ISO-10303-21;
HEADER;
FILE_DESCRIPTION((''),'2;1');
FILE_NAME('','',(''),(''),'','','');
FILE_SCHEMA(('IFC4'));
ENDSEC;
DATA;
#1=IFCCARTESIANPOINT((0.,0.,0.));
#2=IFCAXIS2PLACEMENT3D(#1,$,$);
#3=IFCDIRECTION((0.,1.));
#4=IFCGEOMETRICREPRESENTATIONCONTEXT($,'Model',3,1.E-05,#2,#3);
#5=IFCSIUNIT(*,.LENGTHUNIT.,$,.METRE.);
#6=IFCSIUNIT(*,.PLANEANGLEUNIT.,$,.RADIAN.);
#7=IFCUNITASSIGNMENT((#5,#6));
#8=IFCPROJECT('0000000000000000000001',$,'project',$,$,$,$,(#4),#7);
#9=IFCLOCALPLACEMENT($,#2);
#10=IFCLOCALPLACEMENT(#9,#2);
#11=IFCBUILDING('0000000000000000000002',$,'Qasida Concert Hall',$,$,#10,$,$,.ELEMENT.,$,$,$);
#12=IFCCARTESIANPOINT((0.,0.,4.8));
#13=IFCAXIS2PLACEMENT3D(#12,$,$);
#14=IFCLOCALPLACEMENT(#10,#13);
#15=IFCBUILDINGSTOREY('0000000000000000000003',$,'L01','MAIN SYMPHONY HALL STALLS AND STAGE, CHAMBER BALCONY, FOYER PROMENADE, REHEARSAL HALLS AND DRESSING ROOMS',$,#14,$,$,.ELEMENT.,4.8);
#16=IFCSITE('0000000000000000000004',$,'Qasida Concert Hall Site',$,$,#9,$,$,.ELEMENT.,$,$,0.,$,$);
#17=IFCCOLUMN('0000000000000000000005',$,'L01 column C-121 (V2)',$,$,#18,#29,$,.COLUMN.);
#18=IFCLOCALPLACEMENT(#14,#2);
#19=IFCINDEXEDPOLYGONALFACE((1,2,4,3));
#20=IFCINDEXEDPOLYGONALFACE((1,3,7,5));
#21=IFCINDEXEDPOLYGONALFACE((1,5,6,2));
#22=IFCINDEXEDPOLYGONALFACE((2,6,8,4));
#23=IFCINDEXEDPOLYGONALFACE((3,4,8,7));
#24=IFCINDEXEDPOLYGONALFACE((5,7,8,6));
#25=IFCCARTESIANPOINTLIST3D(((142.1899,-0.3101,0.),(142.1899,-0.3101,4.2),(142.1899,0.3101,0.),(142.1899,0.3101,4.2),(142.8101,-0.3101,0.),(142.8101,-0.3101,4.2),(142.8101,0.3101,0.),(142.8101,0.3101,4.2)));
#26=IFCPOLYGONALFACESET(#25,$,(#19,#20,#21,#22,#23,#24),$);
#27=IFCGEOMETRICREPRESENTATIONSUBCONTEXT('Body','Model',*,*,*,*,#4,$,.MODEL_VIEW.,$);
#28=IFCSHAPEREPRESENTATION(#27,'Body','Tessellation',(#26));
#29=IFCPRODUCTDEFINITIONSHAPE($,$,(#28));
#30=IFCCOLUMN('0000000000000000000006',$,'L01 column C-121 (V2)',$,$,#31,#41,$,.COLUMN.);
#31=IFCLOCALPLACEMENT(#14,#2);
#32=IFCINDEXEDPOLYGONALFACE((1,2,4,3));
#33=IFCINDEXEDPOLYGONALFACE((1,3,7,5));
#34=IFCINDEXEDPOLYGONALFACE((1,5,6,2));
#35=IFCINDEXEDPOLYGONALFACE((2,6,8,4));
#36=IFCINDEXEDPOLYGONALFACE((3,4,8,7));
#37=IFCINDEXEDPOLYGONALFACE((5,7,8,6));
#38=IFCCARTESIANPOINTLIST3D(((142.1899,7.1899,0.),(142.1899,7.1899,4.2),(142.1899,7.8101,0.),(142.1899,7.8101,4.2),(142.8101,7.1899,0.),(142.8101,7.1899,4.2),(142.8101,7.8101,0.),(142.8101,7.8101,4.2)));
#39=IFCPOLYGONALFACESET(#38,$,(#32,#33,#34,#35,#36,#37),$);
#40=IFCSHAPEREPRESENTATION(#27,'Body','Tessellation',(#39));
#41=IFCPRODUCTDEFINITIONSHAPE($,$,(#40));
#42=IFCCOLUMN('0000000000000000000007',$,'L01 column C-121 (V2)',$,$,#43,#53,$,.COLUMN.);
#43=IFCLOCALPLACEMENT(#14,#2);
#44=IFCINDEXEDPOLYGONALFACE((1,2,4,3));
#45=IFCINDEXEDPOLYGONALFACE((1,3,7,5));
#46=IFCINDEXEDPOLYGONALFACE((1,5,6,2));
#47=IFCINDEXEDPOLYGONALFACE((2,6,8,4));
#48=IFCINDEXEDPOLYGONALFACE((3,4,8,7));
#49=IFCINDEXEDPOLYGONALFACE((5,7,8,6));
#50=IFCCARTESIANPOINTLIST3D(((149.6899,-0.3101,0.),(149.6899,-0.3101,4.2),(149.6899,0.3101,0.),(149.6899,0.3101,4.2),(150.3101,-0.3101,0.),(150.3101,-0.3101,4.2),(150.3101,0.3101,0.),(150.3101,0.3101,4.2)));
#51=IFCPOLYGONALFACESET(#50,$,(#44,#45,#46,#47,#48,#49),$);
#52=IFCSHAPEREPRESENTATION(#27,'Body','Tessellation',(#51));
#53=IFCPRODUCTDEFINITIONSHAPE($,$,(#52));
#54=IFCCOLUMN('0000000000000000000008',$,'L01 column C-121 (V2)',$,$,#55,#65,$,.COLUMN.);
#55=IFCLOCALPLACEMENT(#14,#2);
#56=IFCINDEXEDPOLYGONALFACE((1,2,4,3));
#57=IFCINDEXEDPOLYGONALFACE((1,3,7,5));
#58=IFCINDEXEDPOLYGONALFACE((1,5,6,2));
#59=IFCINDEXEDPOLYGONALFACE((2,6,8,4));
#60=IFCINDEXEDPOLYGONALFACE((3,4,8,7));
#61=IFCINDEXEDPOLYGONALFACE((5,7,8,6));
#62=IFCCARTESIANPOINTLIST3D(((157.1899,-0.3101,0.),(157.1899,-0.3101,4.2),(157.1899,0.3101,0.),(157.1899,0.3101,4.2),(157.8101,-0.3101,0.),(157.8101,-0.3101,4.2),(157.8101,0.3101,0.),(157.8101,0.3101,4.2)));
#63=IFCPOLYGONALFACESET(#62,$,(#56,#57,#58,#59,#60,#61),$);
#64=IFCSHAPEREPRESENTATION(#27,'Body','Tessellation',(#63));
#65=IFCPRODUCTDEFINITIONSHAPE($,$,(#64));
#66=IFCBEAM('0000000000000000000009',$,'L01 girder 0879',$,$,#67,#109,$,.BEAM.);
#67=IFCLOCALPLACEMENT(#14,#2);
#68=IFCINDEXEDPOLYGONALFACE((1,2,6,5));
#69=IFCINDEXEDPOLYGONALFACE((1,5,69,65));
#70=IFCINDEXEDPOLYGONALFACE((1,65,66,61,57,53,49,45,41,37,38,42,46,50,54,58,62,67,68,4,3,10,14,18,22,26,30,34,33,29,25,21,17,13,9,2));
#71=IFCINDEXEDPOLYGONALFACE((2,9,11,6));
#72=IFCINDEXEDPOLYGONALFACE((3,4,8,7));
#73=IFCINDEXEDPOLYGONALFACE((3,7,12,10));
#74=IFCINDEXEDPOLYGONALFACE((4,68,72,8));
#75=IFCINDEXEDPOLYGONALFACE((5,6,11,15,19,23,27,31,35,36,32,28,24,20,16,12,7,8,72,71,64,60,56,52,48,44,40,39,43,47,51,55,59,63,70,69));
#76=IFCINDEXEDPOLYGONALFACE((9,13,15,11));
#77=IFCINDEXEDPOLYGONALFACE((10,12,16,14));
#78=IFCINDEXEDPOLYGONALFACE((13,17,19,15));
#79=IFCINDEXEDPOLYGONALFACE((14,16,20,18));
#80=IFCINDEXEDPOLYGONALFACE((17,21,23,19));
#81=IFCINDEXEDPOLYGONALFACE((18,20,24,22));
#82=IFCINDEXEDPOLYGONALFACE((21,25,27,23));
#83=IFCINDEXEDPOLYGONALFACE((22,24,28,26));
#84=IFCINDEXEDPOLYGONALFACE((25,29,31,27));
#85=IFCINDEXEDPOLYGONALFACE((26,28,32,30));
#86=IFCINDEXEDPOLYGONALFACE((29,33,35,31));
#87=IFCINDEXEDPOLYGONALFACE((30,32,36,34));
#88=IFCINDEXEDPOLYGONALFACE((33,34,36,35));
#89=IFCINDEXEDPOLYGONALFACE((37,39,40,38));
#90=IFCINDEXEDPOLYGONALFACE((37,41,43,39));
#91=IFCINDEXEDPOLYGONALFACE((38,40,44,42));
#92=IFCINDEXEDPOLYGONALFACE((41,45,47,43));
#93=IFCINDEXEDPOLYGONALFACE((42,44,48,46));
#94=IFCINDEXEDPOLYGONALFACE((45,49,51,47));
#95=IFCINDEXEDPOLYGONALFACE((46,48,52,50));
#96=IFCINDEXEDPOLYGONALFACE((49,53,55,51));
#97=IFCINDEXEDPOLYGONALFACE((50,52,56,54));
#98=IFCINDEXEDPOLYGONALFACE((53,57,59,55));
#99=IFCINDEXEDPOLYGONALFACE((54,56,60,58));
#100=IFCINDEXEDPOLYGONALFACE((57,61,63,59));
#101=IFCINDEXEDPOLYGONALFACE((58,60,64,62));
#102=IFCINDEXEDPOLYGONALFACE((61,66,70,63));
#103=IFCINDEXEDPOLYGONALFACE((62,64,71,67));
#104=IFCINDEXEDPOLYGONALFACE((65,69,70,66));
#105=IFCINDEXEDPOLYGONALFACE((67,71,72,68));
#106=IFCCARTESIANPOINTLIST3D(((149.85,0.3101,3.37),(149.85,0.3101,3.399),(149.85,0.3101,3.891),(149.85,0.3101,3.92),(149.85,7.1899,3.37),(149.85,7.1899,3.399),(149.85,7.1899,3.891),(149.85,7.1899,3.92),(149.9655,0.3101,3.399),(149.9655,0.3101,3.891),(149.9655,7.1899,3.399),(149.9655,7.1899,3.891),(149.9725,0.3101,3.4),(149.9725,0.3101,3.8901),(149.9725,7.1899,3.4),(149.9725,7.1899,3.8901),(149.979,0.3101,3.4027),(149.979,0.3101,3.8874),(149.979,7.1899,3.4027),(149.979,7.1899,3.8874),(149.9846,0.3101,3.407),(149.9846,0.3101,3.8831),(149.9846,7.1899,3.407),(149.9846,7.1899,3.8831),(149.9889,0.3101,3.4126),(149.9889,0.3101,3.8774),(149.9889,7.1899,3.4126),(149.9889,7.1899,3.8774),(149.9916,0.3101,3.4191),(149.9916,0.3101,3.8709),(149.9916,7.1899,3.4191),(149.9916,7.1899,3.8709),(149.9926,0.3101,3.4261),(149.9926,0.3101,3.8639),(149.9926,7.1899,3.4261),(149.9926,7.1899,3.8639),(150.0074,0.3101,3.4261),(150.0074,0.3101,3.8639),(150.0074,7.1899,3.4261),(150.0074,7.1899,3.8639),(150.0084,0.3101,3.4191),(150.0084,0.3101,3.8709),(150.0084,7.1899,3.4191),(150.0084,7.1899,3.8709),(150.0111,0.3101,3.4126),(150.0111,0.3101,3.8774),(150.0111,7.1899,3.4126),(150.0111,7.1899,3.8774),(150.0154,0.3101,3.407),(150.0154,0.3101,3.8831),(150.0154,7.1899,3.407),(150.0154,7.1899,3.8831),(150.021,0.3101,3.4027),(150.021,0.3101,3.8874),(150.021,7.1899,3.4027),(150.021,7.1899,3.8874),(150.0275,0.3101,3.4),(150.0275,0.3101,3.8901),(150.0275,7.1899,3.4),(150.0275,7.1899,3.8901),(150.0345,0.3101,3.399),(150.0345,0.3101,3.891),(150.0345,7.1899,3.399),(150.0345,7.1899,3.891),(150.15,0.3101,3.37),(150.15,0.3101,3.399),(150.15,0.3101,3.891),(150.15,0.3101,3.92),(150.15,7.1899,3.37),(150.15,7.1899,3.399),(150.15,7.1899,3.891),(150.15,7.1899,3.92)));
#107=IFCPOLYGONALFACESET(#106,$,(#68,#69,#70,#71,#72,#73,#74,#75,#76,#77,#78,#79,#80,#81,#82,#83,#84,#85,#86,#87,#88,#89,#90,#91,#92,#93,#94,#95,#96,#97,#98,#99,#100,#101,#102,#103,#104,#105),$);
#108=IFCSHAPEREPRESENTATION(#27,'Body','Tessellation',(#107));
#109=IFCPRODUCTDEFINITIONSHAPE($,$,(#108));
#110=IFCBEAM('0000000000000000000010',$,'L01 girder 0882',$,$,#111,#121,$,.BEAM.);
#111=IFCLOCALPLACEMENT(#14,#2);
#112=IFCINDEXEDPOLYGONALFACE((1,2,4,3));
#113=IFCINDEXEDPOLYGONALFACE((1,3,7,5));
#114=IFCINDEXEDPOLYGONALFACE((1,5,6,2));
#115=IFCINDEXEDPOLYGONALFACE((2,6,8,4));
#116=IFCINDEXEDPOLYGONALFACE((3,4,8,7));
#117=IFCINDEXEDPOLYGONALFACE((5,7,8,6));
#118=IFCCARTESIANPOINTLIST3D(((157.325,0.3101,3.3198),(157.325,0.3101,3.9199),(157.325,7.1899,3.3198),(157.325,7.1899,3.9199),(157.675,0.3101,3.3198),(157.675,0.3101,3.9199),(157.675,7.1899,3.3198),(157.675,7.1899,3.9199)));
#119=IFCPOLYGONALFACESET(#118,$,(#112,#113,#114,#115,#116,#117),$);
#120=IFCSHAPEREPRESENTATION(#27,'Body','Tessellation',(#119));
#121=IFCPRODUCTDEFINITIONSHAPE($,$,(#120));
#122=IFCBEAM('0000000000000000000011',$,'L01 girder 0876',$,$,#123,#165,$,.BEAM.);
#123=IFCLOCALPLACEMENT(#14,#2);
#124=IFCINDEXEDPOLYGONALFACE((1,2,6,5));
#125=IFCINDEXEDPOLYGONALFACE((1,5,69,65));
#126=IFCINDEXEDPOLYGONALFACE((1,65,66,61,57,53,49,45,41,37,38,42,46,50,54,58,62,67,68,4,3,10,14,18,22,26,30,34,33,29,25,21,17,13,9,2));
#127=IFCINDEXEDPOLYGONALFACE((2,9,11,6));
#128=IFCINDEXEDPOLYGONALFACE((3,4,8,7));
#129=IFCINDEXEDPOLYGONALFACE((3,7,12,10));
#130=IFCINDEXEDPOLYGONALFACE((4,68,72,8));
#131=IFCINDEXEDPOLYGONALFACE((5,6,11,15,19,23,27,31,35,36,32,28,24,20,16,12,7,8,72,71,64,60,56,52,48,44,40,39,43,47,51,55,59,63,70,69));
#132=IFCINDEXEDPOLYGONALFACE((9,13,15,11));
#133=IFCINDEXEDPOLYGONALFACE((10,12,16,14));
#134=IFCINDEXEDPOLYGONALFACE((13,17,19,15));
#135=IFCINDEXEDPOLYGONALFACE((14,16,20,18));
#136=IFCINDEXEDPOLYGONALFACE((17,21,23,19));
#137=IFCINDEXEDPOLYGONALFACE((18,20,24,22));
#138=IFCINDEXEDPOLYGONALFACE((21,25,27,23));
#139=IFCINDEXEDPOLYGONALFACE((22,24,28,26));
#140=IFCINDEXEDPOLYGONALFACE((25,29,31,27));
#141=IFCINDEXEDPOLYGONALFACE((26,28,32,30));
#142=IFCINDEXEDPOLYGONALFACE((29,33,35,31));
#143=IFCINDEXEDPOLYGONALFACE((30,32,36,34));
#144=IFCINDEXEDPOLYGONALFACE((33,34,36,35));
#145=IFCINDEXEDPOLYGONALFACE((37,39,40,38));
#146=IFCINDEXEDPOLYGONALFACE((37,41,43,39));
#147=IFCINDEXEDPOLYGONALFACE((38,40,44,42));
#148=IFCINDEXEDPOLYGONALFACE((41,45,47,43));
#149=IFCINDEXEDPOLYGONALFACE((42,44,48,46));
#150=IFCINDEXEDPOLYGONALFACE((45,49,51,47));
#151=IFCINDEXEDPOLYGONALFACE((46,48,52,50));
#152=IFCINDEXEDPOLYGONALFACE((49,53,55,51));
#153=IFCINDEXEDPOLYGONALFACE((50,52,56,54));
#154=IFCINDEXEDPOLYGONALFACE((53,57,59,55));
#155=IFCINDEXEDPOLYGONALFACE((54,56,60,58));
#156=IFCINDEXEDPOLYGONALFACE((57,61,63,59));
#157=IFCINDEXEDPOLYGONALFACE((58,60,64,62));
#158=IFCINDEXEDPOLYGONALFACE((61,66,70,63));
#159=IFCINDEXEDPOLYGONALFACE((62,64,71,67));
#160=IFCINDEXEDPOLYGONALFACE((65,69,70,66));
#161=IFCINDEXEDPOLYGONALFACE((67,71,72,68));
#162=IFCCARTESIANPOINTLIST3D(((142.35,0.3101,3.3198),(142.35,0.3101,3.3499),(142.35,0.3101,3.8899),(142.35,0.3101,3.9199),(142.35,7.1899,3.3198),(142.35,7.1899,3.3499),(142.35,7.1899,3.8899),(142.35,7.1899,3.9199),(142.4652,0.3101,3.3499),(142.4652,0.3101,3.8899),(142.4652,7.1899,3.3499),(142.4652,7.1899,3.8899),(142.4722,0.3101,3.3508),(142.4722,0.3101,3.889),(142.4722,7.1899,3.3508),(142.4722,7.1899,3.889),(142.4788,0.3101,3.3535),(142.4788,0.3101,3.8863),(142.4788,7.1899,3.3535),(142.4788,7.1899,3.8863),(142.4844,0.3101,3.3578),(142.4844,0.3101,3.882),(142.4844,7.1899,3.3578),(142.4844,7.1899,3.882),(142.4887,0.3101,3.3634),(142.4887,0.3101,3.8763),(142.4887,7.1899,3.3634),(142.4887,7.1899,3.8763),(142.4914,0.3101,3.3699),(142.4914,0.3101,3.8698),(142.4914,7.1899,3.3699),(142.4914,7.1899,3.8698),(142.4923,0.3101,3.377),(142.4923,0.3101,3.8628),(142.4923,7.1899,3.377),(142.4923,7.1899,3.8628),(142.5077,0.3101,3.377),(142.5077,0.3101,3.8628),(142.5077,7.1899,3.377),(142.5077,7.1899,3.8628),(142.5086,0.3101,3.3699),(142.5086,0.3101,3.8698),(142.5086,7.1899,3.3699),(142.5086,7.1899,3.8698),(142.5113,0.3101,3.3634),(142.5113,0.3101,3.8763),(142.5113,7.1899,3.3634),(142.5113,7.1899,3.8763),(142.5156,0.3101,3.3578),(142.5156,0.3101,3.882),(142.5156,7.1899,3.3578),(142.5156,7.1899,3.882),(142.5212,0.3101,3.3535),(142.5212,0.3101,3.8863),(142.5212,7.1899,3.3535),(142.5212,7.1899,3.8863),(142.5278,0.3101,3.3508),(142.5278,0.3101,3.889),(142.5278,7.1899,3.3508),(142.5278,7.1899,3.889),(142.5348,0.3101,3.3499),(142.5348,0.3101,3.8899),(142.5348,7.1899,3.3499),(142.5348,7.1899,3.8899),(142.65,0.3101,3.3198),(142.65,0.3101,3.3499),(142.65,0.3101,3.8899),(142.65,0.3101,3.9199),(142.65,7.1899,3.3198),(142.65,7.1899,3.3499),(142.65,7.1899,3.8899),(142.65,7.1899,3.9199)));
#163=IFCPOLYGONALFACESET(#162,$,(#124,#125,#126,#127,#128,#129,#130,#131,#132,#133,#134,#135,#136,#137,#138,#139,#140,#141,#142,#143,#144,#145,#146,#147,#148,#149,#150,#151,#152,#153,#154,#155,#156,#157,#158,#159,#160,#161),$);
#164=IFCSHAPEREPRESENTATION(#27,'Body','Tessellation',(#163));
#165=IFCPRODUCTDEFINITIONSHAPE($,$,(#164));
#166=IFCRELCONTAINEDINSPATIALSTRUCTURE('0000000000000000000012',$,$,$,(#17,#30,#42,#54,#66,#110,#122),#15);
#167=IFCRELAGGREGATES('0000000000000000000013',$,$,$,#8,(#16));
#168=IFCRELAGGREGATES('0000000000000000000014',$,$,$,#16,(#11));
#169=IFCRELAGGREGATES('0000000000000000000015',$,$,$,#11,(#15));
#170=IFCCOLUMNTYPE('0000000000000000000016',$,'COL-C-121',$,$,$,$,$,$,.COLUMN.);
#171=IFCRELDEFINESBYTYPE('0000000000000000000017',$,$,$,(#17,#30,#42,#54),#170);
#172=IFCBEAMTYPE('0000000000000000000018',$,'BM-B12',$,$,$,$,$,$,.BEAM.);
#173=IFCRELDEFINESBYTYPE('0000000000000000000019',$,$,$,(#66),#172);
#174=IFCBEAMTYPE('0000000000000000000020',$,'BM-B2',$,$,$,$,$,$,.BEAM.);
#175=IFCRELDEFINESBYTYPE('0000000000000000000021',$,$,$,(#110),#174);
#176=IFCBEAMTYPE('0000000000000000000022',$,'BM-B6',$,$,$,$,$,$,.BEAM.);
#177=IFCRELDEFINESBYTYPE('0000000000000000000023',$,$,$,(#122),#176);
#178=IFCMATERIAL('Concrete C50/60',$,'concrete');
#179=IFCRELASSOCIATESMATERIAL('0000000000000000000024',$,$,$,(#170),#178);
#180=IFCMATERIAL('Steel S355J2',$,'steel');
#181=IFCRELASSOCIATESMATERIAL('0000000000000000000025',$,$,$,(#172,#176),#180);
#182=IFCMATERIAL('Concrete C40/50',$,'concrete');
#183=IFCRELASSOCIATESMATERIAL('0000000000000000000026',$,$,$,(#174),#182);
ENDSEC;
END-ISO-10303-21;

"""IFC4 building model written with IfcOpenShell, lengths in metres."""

from ifc_helpers import new_model, si_unit, direction, frame, origin, origin_2d, place, context, subcontext, project, spatial, rectangle, i_section, extrude, material, material_profile, profile_set, type_object, element, save


model = new_model("IFC4")

# Units and contexts
model_context = context("Model", 3, precision=1e-05, world=origin(), true_north=direction((0.0, 1.0)))
body_context = subcontext(model_context, "Body", "Model", "MODEL_VIEW")
ifc_project = project(units=[si_unit("LENGTHUNIT", "METRE"), si_unit("PLANEANGLEUNIT", "RADIAN")], contexts=[model_context])

# Site, building, storey
site_placement = place(None, origin())
site = spatial("IfcSite", under=ifc_project, at=site_placement, Name="Qasida Concert Hall Site", CompositionType="ELEMENT", RefElevation=0.0)
building_placement = place(site_placement, origin())
building = spatial("IfcBuilding", under=site, at=building_placement, Name="Qasida Concert Hall", CompositionType="ELEMENT")
storey_placement = place(building_placement, frame((0.0, 0.0, 4.8)))
storey = spatial("IfcBuildingStorey", under=building, at=storey_placement, Name="L01", Description="MAIN SYMPHONY HALL STALLS AND STAGE, CHAMBER BALCONY, FOYER PROMENADE, REHEARSAL HALLS AND DRESSING ROOMS", CompositionType="ELEMENT", Elevation=4.8)

# Columns
ifc_material_1 = material(Name="Concrete C50/60", Category="concrete")
ifc_material_profile_1 = material_profile(ifc_material_1, rectangle(XDim=0.6201, YDim=0.6201, at=origin_2d()), Name="RC 620x620")
ifc_profile_set_1 = profile_set([ifc_material_profile_1], Name="Concrete C50/60")
column_type = type_object("IfcColumnType", Name="COL-C-121", PredefinedType="COLUMN", material=ifc_profile_set_1)
for number, where, z_axis, x_axis, name in (
    (1, (142.5, 0.0, 0.0), (0.0, 0.0, 1.0), (1.0, 0.0, 0.0), "L01 column C-121 (V2)"),
    (2, (142.5, 7.5, 0.0), (0.0, 0.0, 1.0), (1.0, 0.0, 0.0), "L01 column C-121 (V2)"),
    (3, (150.0, 0.0, 0.0), (0.0, 0.0, 1.0), (1.0, 0.0, 0.0), "L01 column C-121 (V2)"),
    (4, (157.5, 0.0, 0.0), (0.0, 0.0, 1.0), (1.0, 0.0, 0.0), "L01 column C-121 (V2)"),
):
    element("IfcColumn", number, at=place(storey_placement, frame(where, z_axis=z_axis, x_axis=x_axis)), inside=storey, type_object=column_type, Name=name, PredefinedType="COLUMN", context=body_context, shape_type="SweptSolid", body=[
        extrude(rectangle(XDim=0.6201, YDim=0.6201, at=origin_2d()), origin(), (0.0, 0.0, 1.0), 4.2),
    ])

# Beams
ifc_material_2 = material(Name="Steel S355J2", Category="steel")
ifc_material_profile_2 = material_profile(ifc_material_2, i_section(OverallWidth=0.3, OverallDepth=0.55, WebThickness=0.0149, FlangeThickness=0.0291, FilletRadius=0.0271, at=origin_2d()), Name="HEB 550")
ifc_profile_set_2 = profile_set([ifc_material_profile_2], Name="Steel S355J2")
beam_type_1 = type_object("IfcBeamType", Name="BM-B12", PredefinedType="BEAM", material=ifc_profile_set_2)
beam_1_placement = place(storey_placement, frame((150.0, 0.3101, 3.645), z_axis=(0.0, 1.0, 0.0), x_axis=(-1.0, 0.0, 0.0)))
element("IfcBeam", 5, at=beam_1_placement, inside=storey, type_object=beam_type_1, Name="L01 girder 0879", PredefinedType="BEAM", context=body_context, shape_type="SweptSolid", body=[
    extrude(i_section(OverallWidth=0.3, OverallDepth=0.55, WebThickness=0.0149, FlangeThickness=0.0291, FilletRadius=0.0271, at=origin_2d()), origin(), (0.0, 0.0, 1.0), 6.8799),
])
ifc_material_3 = material(Name="Concrete C40/50", Category="concrete")
ifc_material_profile_3 = material_profile(ifc_material_3, rectangle(XDim=0.3501, YDim=0.6001, at=origin_2d()), Name="RC 350x600")
ifc_profile_set_3 = profile_set([ifc_material_profile_3], Name="Concrete C40/50")
beam_type_2 = type_object("IfcBeamType", Name="BM-B2", PredefinedType="BEAM", material=ifc_profile_set_3)
beam_2_placement = place(storey_placement, frame((157.5, 0.3101, 3.6199), z_axis=(0.0, 1.0, 0.0), x_axis=(-1.0, 0.0, 0.0)))
element("IfcBeam", 6, at=beam_2_placement, inside=storey, type_object=beam_type_2, Name="L01 girder 0882", PredefinedType="BEAM", context=body_context, shape_type="SweptSolid", body=[
    extrude(rectangle(XDim=0.3501, YDim=0.6001, at=origin_2d()), origin(), (0.0, 0.0, 1.0), 6.8799),
])
ifc_material_profile_4 = material_profile(ifc_material_2, i_section(OverallWidth=0.3, OverallDepth=0.6001, WebThickness=0.0154, FlangeThickness=0.03, FilletRadius=0.0271, at=origin_2d()), Name="HEB 600")
ifc_profile_set_4 = profile_set([ifc_material_profile_4], Name="Steel S355J2")
beam_type_3 = type_object("IfcBeamType", Name="BM-B6", PredefinedType="BEAM", material=ifc_profile_set_4)
beam_3_placement = place(storey_placement, frame((142.5, 0.3101, 3.6199), z_axis=(0.0, 1.0, 0.0), x_axis=(-1.0, 0.0, 0.0)))
element("IfcBeam", 7, at=beam_3_placement, inside=storey, type_object=beam_type_3, Name="L01 girder 0876", PredefinedType="BEAM", context=body_context, shape_type="SweptSolid", body=[
    extrude(i_section(OverallWidth=0.3, OverallDepth=0.6001, WebThickness=0.0154, FlangeThickness=0.03, FilletRadius=0.0271, at=origin_2d()), origin(), (0.0, 0.0, 1.0), 6.8799),
])

save(model, "model.ifc")
